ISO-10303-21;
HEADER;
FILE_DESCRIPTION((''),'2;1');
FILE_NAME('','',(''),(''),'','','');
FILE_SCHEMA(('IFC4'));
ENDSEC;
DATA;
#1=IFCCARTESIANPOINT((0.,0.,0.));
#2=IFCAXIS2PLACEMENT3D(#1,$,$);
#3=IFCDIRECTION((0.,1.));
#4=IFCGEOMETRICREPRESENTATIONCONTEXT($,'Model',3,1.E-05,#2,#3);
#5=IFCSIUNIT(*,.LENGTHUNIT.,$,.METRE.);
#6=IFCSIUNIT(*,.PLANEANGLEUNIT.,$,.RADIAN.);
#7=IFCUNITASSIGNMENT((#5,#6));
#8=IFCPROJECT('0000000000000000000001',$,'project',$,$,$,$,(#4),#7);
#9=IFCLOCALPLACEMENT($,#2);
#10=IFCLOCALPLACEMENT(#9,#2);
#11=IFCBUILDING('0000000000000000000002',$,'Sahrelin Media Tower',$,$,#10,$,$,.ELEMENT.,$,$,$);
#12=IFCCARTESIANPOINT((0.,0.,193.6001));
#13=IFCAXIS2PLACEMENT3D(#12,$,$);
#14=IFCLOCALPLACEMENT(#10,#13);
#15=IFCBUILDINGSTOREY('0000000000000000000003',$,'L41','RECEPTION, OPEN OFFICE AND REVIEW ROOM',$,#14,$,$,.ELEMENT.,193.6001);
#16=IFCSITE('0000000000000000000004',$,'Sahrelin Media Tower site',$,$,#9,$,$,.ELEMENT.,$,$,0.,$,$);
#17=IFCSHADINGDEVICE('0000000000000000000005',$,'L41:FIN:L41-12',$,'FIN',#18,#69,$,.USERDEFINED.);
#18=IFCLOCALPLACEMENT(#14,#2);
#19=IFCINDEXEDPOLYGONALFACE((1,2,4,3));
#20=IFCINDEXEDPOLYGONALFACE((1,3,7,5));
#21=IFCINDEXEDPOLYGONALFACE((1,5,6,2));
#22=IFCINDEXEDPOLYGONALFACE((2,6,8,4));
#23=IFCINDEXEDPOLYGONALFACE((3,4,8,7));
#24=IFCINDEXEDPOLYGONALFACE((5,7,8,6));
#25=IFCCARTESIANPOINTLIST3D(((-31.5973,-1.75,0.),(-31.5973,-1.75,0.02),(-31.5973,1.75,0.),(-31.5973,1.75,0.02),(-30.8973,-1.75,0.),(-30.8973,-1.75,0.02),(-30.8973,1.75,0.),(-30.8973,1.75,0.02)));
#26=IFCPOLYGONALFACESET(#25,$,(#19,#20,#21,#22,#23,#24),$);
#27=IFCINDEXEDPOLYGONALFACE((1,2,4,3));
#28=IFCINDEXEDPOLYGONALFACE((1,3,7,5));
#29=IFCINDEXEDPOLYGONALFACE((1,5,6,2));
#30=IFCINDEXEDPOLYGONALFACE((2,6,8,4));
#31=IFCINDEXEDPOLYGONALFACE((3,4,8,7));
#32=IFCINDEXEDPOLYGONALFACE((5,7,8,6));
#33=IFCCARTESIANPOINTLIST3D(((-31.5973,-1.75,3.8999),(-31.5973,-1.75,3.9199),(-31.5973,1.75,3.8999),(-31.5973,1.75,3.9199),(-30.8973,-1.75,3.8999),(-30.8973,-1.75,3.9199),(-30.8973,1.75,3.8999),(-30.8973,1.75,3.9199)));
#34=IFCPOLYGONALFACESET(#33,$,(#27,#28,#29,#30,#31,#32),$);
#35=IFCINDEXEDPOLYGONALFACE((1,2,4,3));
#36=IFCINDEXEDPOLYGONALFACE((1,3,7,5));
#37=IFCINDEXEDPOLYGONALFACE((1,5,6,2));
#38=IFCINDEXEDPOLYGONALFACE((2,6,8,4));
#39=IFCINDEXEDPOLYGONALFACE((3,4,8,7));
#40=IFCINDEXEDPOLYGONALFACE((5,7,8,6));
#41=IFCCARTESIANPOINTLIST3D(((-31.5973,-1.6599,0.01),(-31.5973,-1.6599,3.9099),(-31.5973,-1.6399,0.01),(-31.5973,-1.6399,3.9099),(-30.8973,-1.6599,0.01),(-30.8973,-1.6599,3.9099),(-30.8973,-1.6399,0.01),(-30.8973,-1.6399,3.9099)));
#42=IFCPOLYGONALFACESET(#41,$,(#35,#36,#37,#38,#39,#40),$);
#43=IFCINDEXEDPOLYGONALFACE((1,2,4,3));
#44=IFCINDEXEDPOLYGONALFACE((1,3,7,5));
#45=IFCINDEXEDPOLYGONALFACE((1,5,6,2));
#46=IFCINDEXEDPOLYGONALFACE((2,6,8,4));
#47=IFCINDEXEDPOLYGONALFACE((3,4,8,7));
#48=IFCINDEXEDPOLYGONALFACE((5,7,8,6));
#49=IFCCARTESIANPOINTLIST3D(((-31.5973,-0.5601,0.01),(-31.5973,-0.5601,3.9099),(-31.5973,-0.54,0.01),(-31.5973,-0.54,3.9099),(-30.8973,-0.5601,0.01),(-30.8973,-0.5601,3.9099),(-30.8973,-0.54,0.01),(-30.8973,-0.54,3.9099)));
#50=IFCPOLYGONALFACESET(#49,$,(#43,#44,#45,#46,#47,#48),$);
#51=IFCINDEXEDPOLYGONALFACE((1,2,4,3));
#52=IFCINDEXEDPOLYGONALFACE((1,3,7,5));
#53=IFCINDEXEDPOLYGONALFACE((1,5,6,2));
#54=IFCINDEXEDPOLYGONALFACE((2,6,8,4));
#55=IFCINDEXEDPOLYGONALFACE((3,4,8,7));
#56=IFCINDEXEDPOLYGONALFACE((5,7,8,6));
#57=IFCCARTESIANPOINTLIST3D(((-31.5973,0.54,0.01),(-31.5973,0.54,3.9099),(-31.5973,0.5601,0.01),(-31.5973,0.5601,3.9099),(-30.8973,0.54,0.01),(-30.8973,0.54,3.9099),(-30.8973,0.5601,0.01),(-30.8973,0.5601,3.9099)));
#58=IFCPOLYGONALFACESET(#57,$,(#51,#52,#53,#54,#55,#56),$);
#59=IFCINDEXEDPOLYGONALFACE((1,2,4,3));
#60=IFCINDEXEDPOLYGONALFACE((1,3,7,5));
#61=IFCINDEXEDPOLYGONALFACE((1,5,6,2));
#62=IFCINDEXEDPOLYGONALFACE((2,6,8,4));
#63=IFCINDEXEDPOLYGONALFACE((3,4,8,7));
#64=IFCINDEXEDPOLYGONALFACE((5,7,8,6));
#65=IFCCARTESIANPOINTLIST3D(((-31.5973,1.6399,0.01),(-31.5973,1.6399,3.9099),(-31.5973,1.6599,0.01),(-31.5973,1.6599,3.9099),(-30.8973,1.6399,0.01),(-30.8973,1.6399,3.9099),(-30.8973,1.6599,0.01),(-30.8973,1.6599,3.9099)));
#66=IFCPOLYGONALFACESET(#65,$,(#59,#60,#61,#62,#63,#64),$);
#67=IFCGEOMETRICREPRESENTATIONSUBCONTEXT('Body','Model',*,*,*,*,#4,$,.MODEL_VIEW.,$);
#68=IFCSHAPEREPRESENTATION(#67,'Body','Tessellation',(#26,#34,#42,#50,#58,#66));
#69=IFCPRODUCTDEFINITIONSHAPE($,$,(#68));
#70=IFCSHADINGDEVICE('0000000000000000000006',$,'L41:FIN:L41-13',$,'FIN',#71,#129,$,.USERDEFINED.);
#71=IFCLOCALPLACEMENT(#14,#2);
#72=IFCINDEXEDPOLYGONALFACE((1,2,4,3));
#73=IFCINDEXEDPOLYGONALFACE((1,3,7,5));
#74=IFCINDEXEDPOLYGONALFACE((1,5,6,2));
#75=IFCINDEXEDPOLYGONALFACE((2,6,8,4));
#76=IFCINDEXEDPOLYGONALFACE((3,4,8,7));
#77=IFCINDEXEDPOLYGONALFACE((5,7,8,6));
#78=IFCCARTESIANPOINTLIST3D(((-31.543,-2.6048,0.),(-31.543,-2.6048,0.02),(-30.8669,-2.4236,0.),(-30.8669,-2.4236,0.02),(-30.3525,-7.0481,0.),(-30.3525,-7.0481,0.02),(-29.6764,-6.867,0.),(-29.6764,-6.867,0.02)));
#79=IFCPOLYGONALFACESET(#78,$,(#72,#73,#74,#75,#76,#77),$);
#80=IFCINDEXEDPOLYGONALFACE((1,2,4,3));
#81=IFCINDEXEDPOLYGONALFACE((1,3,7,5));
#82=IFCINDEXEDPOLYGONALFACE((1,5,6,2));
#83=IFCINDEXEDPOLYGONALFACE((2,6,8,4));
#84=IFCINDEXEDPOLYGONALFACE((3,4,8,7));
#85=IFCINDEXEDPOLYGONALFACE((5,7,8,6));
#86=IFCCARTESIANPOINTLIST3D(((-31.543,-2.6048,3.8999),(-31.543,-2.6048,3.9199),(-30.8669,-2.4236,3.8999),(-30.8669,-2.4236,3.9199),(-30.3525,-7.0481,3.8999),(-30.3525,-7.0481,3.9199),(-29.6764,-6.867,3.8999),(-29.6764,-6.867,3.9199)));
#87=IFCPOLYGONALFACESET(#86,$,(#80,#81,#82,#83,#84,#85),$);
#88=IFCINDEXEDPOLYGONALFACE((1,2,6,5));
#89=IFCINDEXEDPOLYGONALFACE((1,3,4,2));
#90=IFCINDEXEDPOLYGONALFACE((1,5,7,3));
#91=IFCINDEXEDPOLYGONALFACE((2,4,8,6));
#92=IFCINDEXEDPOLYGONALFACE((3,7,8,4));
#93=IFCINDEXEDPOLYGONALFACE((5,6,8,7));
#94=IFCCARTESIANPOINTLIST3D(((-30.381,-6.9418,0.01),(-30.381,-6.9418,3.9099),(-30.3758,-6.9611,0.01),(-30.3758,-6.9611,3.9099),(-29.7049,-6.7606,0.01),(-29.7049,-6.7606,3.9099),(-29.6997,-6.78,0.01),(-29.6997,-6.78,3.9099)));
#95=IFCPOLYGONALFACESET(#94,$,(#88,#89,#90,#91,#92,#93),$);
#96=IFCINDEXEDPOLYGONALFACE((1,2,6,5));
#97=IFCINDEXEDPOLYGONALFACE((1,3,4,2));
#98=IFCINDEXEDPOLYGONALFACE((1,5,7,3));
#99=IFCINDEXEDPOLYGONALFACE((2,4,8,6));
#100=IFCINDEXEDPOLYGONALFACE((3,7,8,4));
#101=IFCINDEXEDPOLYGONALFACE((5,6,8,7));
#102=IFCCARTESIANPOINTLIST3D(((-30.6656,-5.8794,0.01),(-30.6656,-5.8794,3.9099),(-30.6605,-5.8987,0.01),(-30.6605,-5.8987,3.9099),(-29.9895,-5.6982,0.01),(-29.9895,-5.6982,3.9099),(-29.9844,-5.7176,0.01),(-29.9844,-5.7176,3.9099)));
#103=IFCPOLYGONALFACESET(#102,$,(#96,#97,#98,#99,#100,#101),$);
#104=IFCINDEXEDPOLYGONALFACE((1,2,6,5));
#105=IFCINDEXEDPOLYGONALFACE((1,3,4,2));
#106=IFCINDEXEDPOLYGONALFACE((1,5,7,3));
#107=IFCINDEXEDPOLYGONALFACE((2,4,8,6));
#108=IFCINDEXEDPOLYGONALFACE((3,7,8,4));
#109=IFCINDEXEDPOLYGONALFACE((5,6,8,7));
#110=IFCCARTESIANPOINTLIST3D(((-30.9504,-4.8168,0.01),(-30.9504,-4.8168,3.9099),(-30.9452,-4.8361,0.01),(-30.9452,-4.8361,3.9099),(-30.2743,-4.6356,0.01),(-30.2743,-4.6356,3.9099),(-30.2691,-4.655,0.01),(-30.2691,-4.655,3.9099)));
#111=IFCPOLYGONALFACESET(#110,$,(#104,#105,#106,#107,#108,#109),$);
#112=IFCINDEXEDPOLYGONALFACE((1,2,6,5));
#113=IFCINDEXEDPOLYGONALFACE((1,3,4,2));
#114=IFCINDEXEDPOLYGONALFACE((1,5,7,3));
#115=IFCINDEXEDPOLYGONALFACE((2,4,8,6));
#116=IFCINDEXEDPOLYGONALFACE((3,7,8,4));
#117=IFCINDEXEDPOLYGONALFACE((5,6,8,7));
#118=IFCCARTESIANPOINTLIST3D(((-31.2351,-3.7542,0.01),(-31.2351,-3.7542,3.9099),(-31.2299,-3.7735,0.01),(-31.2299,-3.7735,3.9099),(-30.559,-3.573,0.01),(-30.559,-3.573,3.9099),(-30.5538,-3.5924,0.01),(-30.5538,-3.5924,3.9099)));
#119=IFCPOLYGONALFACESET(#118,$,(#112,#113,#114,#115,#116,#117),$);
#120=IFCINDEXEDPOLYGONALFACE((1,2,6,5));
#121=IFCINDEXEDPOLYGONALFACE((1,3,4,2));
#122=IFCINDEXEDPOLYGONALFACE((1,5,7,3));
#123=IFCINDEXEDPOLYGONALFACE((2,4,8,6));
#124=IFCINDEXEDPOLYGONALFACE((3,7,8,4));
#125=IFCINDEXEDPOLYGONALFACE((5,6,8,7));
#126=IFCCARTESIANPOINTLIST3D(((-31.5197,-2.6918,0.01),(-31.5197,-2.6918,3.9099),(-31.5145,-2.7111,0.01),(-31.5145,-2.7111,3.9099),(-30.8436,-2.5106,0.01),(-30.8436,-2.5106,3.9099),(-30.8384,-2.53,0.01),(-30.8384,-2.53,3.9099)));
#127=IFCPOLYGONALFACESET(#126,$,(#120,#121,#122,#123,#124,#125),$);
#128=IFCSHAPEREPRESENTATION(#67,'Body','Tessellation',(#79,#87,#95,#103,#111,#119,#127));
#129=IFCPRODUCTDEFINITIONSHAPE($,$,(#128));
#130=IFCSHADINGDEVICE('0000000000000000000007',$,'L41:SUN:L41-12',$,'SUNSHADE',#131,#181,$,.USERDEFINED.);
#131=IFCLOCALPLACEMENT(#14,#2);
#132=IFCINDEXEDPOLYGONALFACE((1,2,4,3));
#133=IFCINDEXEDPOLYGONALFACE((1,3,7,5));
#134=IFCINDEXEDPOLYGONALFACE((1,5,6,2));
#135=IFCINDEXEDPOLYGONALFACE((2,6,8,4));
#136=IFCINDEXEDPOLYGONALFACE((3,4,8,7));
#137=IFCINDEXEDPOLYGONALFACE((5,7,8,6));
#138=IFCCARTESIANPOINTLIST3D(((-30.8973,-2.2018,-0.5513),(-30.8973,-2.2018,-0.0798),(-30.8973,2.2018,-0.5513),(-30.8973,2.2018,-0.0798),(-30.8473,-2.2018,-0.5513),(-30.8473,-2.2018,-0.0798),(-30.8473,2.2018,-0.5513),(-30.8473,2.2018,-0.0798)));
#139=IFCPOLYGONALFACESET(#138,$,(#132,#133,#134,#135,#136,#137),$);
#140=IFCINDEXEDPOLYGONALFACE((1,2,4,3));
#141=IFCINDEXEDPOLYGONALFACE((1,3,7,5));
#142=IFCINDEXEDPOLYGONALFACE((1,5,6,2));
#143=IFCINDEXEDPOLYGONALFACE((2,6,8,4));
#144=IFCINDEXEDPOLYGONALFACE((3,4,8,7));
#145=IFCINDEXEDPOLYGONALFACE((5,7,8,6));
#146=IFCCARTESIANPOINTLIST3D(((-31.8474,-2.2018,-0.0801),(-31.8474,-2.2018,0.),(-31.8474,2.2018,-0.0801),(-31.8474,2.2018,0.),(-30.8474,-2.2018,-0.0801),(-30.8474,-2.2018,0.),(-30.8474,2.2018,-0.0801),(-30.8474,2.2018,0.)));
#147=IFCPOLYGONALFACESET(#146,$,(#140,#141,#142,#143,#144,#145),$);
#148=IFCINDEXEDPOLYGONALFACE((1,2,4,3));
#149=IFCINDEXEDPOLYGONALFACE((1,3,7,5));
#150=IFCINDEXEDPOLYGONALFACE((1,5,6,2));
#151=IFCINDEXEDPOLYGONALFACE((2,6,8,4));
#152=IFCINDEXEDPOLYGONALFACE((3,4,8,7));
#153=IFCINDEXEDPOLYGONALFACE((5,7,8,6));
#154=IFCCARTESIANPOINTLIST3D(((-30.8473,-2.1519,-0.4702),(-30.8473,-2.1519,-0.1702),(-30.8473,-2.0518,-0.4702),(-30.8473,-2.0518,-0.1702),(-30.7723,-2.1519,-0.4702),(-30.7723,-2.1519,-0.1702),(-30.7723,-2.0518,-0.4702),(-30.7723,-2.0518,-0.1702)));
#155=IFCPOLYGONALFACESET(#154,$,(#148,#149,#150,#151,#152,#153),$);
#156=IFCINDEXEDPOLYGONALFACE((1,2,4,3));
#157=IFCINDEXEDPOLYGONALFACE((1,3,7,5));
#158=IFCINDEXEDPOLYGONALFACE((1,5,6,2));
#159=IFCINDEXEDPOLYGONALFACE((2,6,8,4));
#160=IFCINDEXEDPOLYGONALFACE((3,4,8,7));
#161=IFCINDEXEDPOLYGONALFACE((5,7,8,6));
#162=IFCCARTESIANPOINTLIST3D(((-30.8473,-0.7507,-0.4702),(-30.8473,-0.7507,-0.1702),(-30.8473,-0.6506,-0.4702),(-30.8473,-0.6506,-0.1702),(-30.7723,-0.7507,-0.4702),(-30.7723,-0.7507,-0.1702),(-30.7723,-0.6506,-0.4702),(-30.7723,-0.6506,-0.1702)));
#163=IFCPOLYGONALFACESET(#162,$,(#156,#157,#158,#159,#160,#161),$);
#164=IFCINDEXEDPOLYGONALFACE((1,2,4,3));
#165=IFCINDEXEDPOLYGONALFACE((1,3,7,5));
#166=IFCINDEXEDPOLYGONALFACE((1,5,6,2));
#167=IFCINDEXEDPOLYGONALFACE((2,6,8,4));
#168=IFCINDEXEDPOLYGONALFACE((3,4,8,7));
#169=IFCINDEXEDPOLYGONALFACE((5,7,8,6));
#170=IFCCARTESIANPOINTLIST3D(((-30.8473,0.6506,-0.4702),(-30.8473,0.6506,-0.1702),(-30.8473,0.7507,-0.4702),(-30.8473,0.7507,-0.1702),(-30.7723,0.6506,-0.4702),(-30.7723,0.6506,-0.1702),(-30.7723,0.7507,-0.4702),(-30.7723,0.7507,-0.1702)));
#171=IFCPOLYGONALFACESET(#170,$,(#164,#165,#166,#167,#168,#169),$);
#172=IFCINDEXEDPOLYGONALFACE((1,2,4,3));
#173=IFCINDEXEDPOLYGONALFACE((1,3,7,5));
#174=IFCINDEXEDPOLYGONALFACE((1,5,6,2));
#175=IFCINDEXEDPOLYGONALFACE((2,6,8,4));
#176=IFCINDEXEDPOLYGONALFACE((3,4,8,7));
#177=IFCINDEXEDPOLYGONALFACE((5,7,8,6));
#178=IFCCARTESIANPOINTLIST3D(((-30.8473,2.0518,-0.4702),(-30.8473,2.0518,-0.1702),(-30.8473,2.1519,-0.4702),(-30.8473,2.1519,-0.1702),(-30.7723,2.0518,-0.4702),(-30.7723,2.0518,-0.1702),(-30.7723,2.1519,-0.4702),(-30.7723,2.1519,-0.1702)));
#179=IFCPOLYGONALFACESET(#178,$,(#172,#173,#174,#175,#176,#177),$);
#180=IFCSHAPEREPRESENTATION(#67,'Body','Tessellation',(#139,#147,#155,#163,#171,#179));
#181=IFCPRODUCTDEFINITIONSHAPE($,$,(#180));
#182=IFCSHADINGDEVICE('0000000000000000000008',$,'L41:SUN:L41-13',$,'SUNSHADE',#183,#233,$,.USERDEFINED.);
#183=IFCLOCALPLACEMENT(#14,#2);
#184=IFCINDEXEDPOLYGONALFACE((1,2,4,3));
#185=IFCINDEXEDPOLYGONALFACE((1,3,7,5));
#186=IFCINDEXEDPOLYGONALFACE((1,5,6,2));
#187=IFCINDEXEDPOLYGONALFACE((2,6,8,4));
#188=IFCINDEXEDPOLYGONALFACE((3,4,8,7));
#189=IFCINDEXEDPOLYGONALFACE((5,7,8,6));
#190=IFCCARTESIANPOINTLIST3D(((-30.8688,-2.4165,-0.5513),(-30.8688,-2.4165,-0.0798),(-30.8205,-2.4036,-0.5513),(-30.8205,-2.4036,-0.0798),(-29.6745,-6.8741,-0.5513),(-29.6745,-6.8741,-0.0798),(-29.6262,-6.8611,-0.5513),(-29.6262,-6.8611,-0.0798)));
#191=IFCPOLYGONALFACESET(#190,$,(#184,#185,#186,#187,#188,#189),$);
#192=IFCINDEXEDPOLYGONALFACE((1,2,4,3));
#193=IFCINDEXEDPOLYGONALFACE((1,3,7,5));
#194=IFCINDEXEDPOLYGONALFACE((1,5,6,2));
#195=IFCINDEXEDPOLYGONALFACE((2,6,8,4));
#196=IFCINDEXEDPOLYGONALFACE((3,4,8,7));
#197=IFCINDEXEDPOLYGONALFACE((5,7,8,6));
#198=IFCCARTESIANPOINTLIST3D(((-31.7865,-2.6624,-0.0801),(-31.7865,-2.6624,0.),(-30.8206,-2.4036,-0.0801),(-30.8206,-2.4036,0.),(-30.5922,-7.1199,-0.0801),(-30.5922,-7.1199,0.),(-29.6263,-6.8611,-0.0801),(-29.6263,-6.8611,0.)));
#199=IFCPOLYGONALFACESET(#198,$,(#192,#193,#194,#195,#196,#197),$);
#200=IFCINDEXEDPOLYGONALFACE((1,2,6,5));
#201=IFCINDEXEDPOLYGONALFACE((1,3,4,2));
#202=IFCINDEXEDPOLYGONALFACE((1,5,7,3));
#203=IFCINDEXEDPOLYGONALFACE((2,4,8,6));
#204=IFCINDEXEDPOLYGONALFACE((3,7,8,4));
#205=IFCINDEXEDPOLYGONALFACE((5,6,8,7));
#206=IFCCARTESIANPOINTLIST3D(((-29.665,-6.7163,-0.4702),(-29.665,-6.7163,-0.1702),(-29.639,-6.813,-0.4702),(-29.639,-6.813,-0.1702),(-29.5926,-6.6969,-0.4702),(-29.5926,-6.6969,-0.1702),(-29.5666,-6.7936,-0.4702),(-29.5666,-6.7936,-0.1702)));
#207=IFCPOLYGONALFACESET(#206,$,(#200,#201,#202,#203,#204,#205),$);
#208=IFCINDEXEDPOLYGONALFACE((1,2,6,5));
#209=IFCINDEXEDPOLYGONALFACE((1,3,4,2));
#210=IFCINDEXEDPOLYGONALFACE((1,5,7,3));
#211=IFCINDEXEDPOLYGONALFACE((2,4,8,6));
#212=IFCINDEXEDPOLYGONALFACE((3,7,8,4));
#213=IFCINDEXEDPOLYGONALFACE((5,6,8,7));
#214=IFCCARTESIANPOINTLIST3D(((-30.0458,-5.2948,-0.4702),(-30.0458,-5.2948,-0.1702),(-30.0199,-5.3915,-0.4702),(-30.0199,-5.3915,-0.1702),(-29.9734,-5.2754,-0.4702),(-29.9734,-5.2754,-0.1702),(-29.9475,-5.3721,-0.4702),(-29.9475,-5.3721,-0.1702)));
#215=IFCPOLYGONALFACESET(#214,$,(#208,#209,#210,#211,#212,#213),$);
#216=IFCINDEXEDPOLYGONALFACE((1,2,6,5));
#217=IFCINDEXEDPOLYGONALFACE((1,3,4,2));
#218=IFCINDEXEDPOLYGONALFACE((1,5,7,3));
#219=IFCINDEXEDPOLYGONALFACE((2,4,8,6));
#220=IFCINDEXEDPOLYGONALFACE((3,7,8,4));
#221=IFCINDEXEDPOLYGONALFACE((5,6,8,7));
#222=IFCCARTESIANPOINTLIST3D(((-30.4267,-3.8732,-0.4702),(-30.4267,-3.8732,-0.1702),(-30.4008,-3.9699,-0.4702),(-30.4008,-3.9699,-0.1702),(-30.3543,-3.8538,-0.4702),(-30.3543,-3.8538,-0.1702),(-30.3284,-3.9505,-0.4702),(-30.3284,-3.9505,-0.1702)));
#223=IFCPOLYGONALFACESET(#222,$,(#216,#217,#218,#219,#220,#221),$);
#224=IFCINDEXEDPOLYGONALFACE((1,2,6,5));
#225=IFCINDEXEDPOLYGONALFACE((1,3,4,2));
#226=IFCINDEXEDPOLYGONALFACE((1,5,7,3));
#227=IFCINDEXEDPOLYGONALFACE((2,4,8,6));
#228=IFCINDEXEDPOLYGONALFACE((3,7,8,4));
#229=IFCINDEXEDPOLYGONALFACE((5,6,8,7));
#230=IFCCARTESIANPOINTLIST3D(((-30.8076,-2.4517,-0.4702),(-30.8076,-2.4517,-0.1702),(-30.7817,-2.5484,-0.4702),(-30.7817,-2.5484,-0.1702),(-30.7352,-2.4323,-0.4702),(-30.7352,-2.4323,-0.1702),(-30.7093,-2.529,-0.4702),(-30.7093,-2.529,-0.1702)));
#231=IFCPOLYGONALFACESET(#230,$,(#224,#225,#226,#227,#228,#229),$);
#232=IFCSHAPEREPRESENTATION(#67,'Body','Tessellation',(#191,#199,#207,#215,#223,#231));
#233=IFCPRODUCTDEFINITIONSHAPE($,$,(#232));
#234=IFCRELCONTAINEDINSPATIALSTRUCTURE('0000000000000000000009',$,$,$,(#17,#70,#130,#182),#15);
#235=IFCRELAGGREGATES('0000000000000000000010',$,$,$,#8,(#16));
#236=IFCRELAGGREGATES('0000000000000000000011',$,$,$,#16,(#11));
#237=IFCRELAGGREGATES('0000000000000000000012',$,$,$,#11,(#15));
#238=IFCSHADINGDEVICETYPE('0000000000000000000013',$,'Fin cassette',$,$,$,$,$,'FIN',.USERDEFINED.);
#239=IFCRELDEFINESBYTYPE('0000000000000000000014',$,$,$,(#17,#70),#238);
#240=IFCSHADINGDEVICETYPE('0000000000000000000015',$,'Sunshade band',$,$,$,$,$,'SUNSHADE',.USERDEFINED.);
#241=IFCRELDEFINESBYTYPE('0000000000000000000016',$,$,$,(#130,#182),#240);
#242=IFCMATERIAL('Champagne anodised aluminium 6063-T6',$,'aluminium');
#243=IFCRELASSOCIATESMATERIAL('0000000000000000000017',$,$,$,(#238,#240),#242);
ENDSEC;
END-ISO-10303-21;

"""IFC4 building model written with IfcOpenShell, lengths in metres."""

from ifc_helpers import new_model, si_unit, direction, frame, origin, origin_2d, place, context, subcontext, project, spatial, rectangle, extrude, material, type_object, element, save


model = new_model("IFC4")

# Units and contexts
model_context = context("Model", 3, precision=1e-05, world=origin(), true_north=direction((0.0, 1.0)))
body_context = subcontext(model_context, "Body", "Model", "MODEL_VIEW")
ifc_project = project(units=[si_unit("LENGTHUNIT", "METRE"), si_unit("PLANEANGLEUNIT", "RADIAN")], contexts=[model_context])

# Site, building, storey
site_placement = place(None, origin())
site = spatial("IfcSite", under=ifc_project, at=site_placement, Name="Sahrelin Media Tower site", CompositionType="ELEMENT", RefElevation=0.0)
building_placement = place(site_placement, origin())
building = spatial("IfcBuilding", under=site, at=building_placement, Name="Sahrelin Media Tower", CompositionType="ELEMENT")
storey_placement = place(building_placement, frame((0.0, 0.0, 193.6001)))
storey = spatial("IfcBuildingStorey", under=building, at=storey_placement, Name="L41", Description="RECEPTION, OPEN OFFICE AND REVIEW ROOM", CompositionType="ELEMENT", Elevation=193.6001)

# Shared definitions
ifc_material_1 = material(Name="Champagne anodised aluminium 6063-T6", Category="aluminium")

# Shading devices
shading_device_type_1 = type_object("IfcShadingDeviceType", Name="Fin cassette", ElementType="FIN", PredefinedType="USERDEFINED", material=ifc_material_1)
placement_1 = place(storey_placement, frame((-30.8274, 0.0, 0.0), z_axis=(0.0, 0.0, 1.0), x_axis=(0.0, 1.0, 0.0)))
element("IfcShadingDevice", 1, at=placement_1, inside=storey, type_object=shading_device_type_1, Name="L41:FIN:L41-12", ObjectType="FIN", PredefinedType="USERDEFINED", context=body_context, shape_type="SweptSolid", body=[
    extrude(rectangle(XDim=3.5, YDim=0.7, at=origin_2d()), frame((0.0, 0.4199, 0.0)), (0.0, 0.0, 1.0), 0.02),
    extrude(rectangle(XDim=3.5, YDim=0.7, at=origin_2d()), frame((0.0, 0.4199, 3.8999)), (0.0, 0.0, 1.0), 0.02),
    extrude(rectangle(XDim=0.02, YDim=0.7, at=origin_2d()), frame((-1.6499, 0.4199, 0.01), z_axis=(0.0, 0.0, 1.0), x_axis=(1.0, 0.0, 0.0)), (0.0, 0.0, 1.0), 3.8999),
    extrude(rectangle(XDim=0.02, YDim=0.7, at=origin_2d()), frame((-0.55, 0.4199, 0.01), z_axis=(0.0, 0.0, 1.0), x_axis=(1.0, 0.0, 0.0)), (0.0, 0.0, 1.0), 3.8999),
    extrude(rectangle(XDim=0.02, YDim=0.7, at=origin_2d()), frame((0.55, 0.4199, 0.01), z_axis=(0.0, 0.0, 1.0), x_axis=(1.0, 0.0, 0.0)), (0.0, 0.0, 1.0), 3.8999),
    extrude(rectangle(XDim=0.02, YDim=0.7, at=origin_2d()), frame((1.6499, 0.4199, 0.01), z_axis=(0.0, 0.0, 1.0), x_axis=(1.0, 0.0, 0.0)), (0.0, 0.0, 1.0), 3.8999),
])
placement_2 = place(storey_placement, frame((-30.2041, -4.6272, 0.0), z_axis=(0.0, 0.0, 1.0), x_axis=(-0.258808, 0.965929, 0.0)))
element("IfcShadingDevice", 2, at=placement_2, inside=storey, type_object=shading_device_type_1, Name="L41:FIN:L41-13", ObjectType="FIN", PredefinedType="USERDEFINED", context=body_context, shape_type="SweptSolid", body=[
    extrude(rectangle(XDim=4.6001, YDim=0.7, at=origin_2d()), frame((0.0, 0.4199, 0.0)), (0.0, 0.0, 1.0), 0.02),
    extrude(rectangle(XDim=4.6001, YDim=0.7, at=origin_2d()), frame((0.0, 0.4199, 3.8999)), (0.0, 0.0, 1.0), 0.02),
    extrude(rectangle(XDim=0.02, YDim=0.7, at=origin_2d()), frame((-2.2, 0.4199, 0.01), z_axis=(0.0, 0.0, 1.0), x_axis=(1.0, 0.0, 0.0)), (0.0, 0.0, 1.0), 3.8999),
    extrude(rectangle(XDim=0.02, YDim=0.7, at=origin_2d()), frame((-1.1001, 0.4199, 0.01), z_axis=(0.0, 0.0, 1.0), x_axis=(1.0, 0.0, 0.0)), (0.0, 0.0, 1.0), 3.8999),
    extrude(rectangle(XDim=0.02, YDim=0.7, at=origin_2d()), frame((0.0, 0.4199, 0.01), z_axis=(0.0, 0.0, 1.0), x_axis=(1.0, 0.0, 0.0)), (0.0, 0.0, 1.0), 3.8999),
    extrude(rectangle(XDim=0.02, YDim=0.7, at=origin_2d()), frame((1.1001, 0.4199, 0.01), z_axis=(0.0, 0.0, 1.0), x_axis=(1.0, 0.0, 0.0)), (0.0, 0.0, 1.0), 3.8999),
    extrude(rectangle(XDim=0.02, YDim=0.7, at=origin_2d()), frame((2.2, 0.4199, 0.01), z_axis=(0.0, 0.0, 1.0), x_axis=(1.0, 0.0, 0.0)), (0.0, 0.0, 1.0), 3.8999),
])
shading_device_type_2 = type_object("IfcShadingDeviceType", Name="Sunshade band", ElementType="SUNSHADE", PredefinedType="USERDEFINED", material=ifc_material_1)
element("IfcShadingDevice", 3, at=placement_1, inside=storey, type_object=shading_device_type_2, Name="L41:SUN:L41-12", ObjectType="SUNSHADE", PredefinedType="USERDEFINED", context=body_context, shape_type="SweptSolid", body=[
    extrude(rectangle(XDim=4.4036, YDim=0.05, at=origin_2d()), frame((0.0, 0.0449, -0.5513)), (0.0, 0.0, 1.0), 0.4714),
    extrude(rectangle(XDim=4.4036, YDim=1.0, at=origin_2d()), frame((0.0, 0.52, -0.0801)), (0.0, 0.0, 1.0), 0.0801),
    extrude(rectangle(XDim=0.1001, YDim=0.075, at=origin_2d()), frame((-2.1018, -0.0176, -0.4702)), (0.0, 0.0, 1.0), 0.3),
    extrude(rectangle(XDim=0.1001, YDim=0.075, at=origin_2d()), frame((-0.7007, -0.0176, -0.4702)), (0.0, 0.0, 1.0), 0.3),
    extrude(rectangle(XDim=0.1001, YDim=0.075, at=origin_2d()), frame((0.7007, -0.0176, -0.4702)), (0.0, 0.0, 1.0), 0.3),
    extrude(rectangle(XDim=0.1001, YDim=0.075, at=origin_2d()), frame((2.1018, -0.0176, -0.4702)), (0.0, 0.0, 1.0), 0.3),
])
element("IfcShadingDevice", 4, at=placement_2, inside=storey, type_object=shading_device_type_2, Name="L41:SUN:L41-13", ObjectType="SUNSHADE", PredefinedType="USERDEFINED", context=body_context, shape_type="SweptSolid", body=[
    extrude(rectangle(XDim=4.6147, YDim=0.05, at=origin_2d()), frame((0.0, 0.0449, -0.5513)), (0.0, 0.0, 1.0), 0.4714),
    extrude(rectangle(XDim=4.6147, YDim=1.0, at=origin_2d()), frame((0.0, 0.52, -0.0801)), (0.0, 0.0, 1.0), 0.0801),
    extrude(rectangle(XDim=0.1001, YDim=0.075, at=origin_2d()), frame((-2.2075, -0.0176, -0.4702)), (0.0, 0.0, 1.0), 0.3),
    extrude(rectangle(XDim=0.1001, YDim=0.075, at=origin_2d()), frame((-0.7358, -0.0176, -0.4702)), (0.0, 0.0, 1.0), 0.3),
    extrude(rectangle(XDim=0.1001, YDim=0.075, at=origin_2d()), frame((0.7358, -0.0176, -0.4702)), (0.0, 0.0, 1.0), 0.3),
    extrude(rectangle(XDim=0.1001, YDim=0.075, at=origin_2d()), frame((2.2075, -0.0176, -0.4702)), (0.0, 0.0, 1.0), 0.3),
])

save(model, "model.ifc")
